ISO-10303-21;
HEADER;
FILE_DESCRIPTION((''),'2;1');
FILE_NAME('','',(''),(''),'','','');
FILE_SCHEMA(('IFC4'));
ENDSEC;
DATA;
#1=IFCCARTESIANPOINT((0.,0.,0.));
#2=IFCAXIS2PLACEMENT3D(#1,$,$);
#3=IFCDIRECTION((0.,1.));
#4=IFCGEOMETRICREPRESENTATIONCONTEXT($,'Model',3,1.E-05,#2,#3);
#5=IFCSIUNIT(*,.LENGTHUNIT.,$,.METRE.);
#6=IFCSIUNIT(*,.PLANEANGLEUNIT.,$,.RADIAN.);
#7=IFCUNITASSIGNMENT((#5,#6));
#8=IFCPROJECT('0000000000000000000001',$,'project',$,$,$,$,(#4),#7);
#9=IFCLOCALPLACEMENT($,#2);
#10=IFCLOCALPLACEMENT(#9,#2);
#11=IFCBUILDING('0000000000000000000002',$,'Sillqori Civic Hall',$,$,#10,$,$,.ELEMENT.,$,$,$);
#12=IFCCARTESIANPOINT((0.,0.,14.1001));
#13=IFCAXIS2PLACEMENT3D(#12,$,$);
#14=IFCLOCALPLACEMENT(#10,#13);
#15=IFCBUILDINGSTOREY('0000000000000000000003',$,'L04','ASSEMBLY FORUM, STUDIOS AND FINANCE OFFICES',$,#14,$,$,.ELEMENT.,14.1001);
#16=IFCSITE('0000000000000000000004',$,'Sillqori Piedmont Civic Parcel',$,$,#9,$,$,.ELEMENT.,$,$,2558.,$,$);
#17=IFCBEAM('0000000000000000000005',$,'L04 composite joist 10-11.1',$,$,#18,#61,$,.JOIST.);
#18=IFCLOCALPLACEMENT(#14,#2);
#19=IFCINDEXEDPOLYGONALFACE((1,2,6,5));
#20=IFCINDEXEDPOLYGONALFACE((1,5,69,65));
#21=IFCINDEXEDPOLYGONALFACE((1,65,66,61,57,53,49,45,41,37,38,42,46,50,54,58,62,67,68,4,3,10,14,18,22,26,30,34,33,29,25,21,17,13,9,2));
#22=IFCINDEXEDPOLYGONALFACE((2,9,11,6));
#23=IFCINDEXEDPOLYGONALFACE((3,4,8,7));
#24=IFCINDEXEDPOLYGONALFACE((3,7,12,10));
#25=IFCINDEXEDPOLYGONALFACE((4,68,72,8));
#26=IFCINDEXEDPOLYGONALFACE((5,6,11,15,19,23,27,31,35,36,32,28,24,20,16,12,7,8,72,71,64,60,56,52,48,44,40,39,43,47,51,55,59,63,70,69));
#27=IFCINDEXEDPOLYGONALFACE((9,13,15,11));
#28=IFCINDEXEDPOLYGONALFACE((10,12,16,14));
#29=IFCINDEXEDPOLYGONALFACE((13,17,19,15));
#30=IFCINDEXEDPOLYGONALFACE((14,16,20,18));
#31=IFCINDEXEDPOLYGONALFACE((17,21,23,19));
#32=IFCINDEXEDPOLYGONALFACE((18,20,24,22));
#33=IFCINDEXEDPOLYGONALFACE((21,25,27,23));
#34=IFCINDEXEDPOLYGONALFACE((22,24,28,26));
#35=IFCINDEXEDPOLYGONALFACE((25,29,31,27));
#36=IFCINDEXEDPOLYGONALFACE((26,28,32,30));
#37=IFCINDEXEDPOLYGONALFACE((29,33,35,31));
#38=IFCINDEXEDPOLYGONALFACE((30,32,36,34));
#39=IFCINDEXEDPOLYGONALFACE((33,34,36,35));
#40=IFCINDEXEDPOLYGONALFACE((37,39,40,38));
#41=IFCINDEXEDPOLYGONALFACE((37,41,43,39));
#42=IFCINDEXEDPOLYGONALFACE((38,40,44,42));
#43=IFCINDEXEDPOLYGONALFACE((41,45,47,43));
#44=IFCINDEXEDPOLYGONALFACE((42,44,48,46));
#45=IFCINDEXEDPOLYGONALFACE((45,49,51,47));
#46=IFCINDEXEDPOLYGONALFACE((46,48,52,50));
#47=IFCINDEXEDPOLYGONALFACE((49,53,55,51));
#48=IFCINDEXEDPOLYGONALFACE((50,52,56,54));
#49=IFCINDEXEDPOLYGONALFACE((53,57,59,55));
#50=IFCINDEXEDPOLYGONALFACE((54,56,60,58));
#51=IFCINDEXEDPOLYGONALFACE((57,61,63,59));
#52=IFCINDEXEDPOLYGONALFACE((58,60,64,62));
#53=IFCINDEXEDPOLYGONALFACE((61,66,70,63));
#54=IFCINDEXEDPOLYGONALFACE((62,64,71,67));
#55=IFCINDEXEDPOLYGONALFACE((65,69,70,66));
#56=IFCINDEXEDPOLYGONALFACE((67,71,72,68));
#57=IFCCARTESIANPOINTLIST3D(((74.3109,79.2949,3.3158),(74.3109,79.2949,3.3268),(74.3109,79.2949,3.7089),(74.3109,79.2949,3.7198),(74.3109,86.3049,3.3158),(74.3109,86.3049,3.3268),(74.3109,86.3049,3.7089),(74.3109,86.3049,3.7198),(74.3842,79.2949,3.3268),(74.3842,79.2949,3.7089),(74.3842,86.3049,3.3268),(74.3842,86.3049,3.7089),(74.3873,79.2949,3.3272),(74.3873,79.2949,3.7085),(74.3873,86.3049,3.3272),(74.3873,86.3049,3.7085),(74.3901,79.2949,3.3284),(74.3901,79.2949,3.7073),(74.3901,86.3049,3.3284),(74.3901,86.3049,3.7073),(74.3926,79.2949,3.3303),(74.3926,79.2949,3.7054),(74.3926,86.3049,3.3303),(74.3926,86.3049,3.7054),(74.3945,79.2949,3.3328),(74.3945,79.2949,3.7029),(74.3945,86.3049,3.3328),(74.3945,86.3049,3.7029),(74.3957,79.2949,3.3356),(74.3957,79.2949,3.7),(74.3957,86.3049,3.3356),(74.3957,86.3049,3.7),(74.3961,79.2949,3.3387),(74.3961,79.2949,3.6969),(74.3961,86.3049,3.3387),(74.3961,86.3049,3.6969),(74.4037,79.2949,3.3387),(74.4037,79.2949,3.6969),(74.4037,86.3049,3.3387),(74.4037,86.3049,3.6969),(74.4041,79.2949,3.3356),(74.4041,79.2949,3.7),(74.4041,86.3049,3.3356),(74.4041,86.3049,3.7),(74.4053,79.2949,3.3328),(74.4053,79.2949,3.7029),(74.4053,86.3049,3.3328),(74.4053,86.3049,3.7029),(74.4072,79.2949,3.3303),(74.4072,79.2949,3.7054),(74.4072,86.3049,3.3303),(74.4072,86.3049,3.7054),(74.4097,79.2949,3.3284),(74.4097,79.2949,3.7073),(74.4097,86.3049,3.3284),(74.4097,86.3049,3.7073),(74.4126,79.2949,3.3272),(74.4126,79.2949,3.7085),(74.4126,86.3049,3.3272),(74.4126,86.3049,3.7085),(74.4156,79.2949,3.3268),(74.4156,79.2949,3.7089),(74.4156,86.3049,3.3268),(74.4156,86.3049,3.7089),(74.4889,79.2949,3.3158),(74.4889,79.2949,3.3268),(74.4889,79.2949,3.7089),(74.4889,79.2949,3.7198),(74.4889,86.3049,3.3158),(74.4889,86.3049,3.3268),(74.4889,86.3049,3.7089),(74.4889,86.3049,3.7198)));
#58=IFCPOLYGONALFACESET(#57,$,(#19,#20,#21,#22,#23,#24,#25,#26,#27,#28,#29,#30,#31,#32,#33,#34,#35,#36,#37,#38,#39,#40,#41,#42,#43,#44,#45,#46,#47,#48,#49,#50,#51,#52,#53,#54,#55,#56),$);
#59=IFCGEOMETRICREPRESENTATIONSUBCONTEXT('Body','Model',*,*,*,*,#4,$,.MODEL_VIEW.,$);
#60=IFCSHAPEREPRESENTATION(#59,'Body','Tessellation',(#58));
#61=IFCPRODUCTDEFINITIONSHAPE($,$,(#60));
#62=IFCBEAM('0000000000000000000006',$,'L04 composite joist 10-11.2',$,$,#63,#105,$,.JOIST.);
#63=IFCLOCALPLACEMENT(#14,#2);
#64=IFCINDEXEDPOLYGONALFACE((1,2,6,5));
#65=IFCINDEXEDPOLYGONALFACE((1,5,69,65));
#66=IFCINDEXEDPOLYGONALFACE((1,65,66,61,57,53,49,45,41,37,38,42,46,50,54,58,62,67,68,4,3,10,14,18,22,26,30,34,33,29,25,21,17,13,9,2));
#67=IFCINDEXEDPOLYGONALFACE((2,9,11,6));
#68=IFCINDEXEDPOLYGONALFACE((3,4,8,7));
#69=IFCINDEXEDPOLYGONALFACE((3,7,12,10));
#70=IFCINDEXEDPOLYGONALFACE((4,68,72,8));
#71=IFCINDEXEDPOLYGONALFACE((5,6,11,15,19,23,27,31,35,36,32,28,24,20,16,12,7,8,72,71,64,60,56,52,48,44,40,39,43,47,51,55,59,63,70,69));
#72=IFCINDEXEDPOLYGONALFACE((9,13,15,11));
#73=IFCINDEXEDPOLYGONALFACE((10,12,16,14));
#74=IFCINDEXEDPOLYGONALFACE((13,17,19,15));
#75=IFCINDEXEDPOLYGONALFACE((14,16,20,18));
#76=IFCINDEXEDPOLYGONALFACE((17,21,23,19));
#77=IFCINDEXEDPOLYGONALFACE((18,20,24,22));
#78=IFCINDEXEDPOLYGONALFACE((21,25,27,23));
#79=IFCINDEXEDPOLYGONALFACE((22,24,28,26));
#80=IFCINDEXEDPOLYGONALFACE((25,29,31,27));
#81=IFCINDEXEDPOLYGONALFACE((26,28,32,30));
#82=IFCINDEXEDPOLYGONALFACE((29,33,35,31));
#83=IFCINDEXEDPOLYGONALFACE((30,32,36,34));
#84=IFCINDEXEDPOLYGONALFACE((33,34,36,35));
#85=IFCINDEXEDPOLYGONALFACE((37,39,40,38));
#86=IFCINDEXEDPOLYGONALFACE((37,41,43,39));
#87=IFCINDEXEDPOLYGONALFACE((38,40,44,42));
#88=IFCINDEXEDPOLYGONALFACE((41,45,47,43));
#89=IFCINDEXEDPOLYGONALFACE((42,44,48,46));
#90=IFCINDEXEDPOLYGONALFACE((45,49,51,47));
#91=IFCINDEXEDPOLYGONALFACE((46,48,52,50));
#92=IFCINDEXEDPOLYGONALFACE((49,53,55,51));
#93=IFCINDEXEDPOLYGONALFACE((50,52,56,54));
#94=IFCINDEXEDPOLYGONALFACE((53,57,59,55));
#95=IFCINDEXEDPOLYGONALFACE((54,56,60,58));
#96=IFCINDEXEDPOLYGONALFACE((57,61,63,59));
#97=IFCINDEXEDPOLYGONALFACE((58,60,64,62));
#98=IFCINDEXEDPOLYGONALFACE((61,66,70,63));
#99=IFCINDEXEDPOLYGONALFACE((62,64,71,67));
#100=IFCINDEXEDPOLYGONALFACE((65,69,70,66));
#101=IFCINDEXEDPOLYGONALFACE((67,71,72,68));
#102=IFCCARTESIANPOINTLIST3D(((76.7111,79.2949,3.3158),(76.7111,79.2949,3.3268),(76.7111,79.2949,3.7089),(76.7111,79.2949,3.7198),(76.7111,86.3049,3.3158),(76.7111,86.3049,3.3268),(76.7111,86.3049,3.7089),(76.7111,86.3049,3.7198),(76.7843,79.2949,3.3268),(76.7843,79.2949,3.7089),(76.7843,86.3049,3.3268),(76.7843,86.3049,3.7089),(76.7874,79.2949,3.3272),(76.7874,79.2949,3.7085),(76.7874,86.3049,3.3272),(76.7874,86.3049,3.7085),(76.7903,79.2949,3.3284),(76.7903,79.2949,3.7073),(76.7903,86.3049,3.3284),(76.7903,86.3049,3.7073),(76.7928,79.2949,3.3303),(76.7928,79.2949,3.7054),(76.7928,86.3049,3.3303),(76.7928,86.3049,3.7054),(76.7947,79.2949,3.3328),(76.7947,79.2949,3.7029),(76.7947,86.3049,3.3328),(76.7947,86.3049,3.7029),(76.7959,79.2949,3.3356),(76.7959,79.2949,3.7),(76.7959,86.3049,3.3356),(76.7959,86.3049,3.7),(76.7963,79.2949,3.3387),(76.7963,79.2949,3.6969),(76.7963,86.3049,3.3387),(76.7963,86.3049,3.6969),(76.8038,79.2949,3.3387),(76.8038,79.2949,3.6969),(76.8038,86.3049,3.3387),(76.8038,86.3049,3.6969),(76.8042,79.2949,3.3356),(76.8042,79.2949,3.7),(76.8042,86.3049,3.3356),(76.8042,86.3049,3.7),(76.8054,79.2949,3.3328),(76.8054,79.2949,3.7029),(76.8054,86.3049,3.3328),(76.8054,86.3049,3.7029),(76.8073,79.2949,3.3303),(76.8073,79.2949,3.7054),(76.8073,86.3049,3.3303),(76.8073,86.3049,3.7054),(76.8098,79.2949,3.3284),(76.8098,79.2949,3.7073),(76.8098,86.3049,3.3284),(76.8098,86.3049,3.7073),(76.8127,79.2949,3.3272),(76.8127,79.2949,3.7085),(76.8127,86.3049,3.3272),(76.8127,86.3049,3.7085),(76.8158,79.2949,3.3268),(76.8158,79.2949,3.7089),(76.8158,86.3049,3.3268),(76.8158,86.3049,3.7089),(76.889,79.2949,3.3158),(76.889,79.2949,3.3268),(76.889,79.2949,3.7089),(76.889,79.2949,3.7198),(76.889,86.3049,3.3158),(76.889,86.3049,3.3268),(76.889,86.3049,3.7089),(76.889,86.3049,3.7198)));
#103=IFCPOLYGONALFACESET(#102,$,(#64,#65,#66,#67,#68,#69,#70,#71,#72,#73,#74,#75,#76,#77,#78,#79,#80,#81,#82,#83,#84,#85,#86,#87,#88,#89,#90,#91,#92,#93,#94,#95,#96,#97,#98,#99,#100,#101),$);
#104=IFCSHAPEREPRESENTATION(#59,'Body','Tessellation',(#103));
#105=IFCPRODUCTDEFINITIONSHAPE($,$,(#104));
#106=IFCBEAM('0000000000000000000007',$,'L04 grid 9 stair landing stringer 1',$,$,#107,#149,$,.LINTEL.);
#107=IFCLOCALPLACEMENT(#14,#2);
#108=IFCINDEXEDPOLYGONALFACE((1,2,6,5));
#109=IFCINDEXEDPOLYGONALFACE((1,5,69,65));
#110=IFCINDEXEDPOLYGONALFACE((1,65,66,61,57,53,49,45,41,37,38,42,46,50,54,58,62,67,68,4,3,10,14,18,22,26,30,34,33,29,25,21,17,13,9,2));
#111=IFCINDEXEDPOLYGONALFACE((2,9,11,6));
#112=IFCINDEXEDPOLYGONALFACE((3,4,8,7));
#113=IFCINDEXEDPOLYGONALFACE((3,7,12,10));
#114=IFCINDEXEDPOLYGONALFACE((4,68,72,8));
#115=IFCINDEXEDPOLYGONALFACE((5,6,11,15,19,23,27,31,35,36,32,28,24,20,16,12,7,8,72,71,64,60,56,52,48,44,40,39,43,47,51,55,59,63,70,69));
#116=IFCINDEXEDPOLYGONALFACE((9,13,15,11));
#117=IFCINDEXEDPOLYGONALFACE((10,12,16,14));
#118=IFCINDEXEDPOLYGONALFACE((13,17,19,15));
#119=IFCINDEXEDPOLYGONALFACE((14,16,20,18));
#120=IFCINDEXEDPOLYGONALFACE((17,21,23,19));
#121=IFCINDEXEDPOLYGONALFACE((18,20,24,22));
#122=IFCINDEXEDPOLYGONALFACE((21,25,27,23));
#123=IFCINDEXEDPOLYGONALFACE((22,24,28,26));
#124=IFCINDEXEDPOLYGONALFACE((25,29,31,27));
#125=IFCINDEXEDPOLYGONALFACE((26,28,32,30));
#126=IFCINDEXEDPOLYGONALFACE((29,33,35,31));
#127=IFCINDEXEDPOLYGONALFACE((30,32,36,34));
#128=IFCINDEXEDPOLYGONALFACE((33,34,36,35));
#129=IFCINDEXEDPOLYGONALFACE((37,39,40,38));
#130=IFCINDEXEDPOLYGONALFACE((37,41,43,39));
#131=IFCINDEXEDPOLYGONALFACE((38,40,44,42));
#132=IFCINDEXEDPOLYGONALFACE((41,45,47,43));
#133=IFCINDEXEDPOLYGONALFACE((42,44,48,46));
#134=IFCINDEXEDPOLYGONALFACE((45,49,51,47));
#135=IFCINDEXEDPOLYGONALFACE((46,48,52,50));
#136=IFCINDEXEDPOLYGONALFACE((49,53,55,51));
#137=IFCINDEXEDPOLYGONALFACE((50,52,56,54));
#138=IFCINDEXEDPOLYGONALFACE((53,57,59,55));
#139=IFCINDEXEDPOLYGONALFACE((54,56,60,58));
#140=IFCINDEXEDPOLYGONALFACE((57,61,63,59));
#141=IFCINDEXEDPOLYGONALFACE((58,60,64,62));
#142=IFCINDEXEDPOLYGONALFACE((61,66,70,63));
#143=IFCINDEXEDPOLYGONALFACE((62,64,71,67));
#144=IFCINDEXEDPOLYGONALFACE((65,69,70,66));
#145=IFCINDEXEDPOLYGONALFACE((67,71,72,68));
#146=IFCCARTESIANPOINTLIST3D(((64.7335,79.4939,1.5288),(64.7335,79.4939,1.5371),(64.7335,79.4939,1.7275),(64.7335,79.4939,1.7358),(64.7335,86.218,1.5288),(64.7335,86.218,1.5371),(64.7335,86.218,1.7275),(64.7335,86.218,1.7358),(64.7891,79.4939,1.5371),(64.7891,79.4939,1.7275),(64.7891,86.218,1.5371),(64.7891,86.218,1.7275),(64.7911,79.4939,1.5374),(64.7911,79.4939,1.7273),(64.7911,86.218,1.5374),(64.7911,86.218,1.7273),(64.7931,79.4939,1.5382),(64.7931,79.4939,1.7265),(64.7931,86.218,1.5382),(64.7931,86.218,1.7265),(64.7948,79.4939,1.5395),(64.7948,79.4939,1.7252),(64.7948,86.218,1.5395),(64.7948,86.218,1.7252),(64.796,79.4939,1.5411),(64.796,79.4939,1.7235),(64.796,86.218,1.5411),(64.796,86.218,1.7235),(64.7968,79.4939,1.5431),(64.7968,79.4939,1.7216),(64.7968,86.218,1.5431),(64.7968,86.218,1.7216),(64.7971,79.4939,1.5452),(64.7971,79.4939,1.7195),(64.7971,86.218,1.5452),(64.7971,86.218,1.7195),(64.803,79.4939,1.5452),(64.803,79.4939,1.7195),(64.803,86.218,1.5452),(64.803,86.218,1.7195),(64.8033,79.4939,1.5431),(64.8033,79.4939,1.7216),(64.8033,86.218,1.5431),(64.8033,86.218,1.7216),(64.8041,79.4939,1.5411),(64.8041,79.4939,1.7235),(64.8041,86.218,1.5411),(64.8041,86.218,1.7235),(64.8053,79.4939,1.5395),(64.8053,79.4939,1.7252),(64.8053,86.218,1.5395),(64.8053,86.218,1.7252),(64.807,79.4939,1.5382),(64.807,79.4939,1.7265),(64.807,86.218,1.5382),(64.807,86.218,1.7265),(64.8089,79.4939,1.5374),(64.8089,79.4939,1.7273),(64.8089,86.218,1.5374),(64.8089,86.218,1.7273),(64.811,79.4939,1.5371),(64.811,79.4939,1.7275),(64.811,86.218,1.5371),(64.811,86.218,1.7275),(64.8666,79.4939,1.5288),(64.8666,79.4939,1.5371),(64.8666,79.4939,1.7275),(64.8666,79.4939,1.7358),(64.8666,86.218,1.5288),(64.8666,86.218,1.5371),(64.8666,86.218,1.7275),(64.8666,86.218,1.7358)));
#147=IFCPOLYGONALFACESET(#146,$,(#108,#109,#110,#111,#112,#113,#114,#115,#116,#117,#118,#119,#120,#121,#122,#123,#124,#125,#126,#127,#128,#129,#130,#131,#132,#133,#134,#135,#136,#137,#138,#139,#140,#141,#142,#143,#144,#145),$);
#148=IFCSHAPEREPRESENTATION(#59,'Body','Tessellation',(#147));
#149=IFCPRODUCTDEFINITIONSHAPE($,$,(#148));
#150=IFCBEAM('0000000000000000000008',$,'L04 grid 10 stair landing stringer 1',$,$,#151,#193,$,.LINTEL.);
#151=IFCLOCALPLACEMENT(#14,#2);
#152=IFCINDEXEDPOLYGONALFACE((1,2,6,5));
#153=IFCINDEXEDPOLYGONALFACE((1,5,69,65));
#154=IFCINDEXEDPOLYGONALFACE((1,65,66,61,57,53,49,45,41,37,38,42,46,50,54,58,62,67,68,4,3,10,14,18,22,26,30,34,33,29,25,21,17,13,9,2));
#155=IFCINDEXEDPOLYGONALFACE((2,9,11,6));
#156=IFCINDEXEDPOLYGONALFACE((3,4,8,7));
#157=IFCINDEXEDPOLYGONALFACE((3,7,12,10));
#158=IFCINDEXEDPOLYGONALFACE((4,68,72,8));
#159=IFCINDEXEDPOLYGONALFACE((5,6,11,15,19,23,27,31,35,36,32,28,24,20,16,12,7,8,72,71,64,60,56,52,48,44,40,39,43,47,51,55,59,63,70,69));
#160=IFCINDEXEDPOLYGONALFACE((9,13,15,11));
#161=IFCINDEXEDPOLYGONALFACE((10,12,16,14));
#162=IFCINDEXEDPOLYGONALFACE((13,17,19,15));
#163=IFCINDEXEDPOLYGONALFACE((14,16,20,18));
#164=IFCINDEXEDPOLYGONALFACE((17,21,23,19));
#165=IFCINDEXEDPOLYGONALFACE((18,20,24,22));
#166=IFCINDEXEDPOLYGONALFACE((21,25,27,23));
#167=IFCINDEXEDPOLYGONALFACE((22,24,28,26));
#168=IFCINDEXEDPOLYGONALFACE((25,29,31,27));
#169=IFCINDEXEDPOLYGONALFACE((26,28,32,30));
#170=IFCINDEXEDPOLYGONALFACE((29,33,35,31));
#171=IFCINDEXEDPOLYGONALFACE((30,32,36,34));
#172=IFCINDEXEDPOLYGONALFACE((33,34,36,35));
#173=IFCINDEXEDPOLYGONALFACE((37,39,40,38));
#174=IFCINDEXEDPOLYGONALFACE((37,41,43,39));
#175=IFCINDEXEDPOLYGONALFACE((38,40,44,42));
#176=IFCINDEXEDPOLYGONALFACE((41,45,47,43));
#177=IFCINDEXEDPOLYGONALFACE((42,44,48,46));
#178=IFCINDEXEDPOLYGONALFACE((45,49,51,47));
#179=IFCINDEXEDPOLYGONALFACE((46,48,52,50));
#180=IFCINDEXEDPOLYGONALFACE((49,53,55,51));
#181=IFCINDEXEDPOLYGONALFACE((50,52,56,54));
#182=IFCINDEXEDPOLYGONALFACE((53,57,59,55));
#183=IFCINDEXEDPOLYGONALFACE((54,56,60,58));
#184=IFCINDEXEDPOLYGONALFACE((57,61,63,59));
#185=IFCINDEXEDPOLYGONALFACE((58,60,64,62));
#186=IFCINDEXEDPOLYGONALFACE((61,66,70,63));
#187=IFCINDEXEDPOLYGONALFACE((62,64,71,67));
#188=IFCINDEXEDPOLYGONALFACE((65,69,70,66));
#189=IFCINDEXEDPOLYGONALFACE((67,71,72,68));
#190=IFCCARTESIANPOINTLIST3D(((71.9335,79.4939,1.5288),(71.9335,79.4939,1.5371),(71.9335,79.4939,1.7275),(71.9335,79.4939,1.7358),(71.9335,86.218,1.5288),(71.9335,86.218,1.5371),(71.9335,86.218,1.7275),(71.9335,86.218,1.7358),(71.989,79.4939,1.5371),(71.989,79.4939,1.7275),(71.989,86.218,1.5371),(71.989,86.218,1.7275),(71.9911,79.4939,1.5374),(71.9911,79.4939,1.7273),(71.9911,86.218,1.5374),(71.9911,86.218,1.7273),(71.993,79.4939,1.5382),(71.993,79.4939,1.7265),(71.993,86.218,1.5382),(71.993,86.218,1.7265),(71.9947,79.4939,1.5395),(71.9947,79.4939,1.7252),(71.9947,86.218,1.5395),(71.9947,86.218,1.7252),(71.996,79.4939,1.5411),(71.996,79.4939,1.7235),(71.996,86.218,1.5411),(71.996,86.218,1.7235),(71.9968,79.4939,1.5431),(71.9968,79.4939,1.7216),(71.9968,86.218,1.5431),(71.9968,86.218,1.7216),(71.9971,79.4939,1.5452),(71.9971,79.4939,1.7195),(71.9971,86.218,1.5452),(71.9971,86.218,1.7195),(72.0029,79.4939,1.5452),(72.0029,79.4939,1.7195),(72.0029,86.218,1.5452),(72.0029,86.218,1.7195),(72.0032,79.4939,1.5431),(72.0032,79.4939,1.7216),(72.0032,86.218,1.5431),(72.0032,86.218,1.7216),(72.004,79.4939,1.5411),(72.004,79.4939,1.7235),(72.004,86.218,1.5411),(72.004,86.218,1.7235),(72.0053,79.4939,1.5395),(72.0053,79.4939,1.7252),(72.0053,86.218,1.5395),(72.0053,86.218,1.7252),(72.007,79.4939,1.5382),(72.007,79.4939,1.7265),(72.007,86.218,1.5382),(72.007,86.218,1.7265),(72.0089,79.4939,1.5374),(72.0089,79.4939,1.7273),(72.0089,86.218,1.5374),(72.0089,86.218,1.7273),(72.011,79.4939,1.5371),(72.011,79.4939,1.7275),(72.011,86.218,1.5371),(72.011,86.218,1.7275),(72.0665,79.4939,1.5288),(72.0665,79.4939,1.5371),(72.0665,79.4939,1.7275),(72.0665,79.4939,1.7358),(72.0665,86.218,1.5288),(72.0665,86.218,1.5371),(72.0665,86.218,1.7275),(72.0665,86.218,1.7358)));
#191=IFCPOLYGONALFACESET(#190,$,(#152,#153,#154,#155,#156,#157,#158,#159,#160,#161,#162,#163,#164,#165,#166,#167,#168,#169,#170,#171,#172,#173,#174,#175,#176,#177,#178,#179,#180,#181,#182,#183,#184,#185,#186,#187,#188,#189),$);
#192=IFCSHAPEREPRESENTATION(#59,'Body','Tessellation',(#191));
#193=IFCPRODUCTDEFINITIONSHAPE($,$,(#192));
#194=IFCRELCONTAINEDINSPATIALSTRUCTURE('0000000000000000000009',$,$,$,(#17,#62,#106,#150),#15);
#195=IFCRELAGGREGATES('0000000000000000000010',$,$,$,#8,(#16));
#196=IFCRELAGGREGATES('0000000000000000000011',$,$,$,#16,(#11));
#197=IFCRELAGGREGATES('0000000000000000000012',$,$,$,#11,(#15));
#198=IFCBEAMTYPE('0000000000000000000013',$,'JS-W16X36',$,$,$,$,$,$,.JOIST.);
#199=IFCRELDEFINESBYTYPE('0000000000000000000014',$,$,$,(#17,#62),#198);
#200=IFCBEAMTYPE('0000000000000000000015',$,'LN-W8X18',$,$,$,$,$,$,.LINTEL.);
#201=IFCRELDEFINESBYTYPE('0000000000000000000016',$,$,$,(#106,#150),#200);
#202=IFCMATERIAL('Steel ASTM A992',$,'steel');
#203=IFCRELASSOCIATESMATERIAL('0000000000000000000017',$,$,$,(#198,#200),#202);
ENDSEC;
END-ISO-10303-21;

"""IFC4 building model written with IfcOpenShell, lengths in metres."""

from ifc_helpers import new_model, si_unit, direction, frame, origin, origin_2d, place, context, subcontext, project, spatial, i_section, extrude, material, material_profile, profile_set, type_object, element, save


model = new_model("IFC4")

# Units and contexts
model_context = context("Model", 3, precision=1e-05, world=origin(), true_north=direction((0.0, 1.0)))
body_context = subcontext(model_context, "Body", "Model", "MODEL_VIEW")
ifc_project = project(units=[si_unit("LENGTHUNIT", "METRE"), si_unit("PLANEANGLEUNIT", "RADIAN")], contexts=[model_context])

# Site, building, storey
site_placement = place(None, origin())
site = spatial("IfcSite", under=ifc_project, at=site_placement, Name="Sillqori Piedmont Civic Parcel", CompositionType="ELEMENT", RefElevation=2558.0)
building_placement = place(site_placement, origin())
building = spatial("IfcBuilding", under=site, at=building_placement, Name="Sillqori Civic Hall", CompositionType="ELEMENT")
storey_placement = place(building_placement, frame((0.0, 0.0, 14.1001)))
storey = spatial("IfcBuildingStorey", under=building, at=storey_placement, Name="L04", Description="ASSEMBLY FORUM, STUDIOS AND FINANCE OFFICES", CompositionType="ELEMENT", Elevation=14.1001)

# Shared definitions
ifc_material_1 = material(Name="Steel ASTM A992", Category="steel")

# Beams
ifc_material_profile_1 = material_profile(ifc_material_1, i_section(OverallWidth=0.178, OverallDepth=0.4041, WebThickness=0.0076, FlangeThickness=0.011, FilletRadius=0.012, at=origin_2d()), Name="W16X36")
ifc_profile_set_1 = profile_set([ifc_material_profile_1], Name="Steel ASTM A992")
beam_type_1 = type_object("IfcBeamType", Name="JS-W16X36", PredefinedType="JOIST", material=ifc_profile_set_1)
for number, where, z_axis, x_axis, name in (
    (1, (74.3999, 79.2949, 3.5178), (0.0, 1.0, 0.0), (-1.0, 0.0, 0.0), "L04 composite joist 10-11.1"),
    (2, (76.8, 79.2949, 3.5178), (0.0, 1.0, 0.0), (-1.0, 0.0, 0.0), "L04 composite joist 10-11.2"),
):
    element("IfcBeam", number, at=place(storey_placement, frame(where, z_axis=z_axis, x_axis=x_axis)), inside=storey, type_object=beam_type_1, Name=name, PredefinedType="JOIST", context=body_context, shape_type="SweptSolid", body=[
        extrude(i_section(OverallWidth=0.178, OverallDepth=0.4041, WebThickness=0.0076, FlangeThickness=0.011, FilletRadius=0.012, at=origin_2d()), origin(), (0.0, 0.0, 1.0), 7.01),
    ])
ifc_material_profile_2 = material_profile(ifc_material_1, i_section(OverallWidth=0.1331, OverallDepth=0.207, WebThickness=0.0059, FlangeThickness=0.0083, FilletRadius=0.0081, at=origin_2d()), Name="W8X18")
ifc_profile_set_2 = profile_set([ifc_material_profile_2], Name="Steel ASTM A992")
beam_type_2 = type_object("IfcBeamType", Name="LN-W8X18", PredefinedType="LINTEL", material=ifc_profile_set_2)
for number, where, z_axis, x_axis, name in (
    (3, (64.8, 79.4939, 1.6323), (0.0, 1.0, 0.0), (-1.0, 0.0, 0.0), "L04 grid 9 stair landing stringer 1"),
    (4, (72.0, 79.4939, 1.6323), (0.0, 1.0, 0.0), (-1.0, 0.0, 0.0), "L04 grid 10 stair landing stringer 1"),
):
    element("IfcBeam", number, at=place(storey_placement, frame(where, z_axis=z_axis, x_axis=x_axis)), inside=storey, type_object=beam_type_2, Name=name, PredefinedType="LINTEL", context=body_context, shape_type="SweptSolid", body=[
        extrude(i_section(OverallWidth=0.1331, OverallDepth=0.207, WebThickness=0.0059, FlangeThickness=0.0083, FilletRadius=0.0081, at=origin_2d()), origin(), (0.0, 0.0, 1.0), 6.7241),
    ])

save(model, "model.ifc")
